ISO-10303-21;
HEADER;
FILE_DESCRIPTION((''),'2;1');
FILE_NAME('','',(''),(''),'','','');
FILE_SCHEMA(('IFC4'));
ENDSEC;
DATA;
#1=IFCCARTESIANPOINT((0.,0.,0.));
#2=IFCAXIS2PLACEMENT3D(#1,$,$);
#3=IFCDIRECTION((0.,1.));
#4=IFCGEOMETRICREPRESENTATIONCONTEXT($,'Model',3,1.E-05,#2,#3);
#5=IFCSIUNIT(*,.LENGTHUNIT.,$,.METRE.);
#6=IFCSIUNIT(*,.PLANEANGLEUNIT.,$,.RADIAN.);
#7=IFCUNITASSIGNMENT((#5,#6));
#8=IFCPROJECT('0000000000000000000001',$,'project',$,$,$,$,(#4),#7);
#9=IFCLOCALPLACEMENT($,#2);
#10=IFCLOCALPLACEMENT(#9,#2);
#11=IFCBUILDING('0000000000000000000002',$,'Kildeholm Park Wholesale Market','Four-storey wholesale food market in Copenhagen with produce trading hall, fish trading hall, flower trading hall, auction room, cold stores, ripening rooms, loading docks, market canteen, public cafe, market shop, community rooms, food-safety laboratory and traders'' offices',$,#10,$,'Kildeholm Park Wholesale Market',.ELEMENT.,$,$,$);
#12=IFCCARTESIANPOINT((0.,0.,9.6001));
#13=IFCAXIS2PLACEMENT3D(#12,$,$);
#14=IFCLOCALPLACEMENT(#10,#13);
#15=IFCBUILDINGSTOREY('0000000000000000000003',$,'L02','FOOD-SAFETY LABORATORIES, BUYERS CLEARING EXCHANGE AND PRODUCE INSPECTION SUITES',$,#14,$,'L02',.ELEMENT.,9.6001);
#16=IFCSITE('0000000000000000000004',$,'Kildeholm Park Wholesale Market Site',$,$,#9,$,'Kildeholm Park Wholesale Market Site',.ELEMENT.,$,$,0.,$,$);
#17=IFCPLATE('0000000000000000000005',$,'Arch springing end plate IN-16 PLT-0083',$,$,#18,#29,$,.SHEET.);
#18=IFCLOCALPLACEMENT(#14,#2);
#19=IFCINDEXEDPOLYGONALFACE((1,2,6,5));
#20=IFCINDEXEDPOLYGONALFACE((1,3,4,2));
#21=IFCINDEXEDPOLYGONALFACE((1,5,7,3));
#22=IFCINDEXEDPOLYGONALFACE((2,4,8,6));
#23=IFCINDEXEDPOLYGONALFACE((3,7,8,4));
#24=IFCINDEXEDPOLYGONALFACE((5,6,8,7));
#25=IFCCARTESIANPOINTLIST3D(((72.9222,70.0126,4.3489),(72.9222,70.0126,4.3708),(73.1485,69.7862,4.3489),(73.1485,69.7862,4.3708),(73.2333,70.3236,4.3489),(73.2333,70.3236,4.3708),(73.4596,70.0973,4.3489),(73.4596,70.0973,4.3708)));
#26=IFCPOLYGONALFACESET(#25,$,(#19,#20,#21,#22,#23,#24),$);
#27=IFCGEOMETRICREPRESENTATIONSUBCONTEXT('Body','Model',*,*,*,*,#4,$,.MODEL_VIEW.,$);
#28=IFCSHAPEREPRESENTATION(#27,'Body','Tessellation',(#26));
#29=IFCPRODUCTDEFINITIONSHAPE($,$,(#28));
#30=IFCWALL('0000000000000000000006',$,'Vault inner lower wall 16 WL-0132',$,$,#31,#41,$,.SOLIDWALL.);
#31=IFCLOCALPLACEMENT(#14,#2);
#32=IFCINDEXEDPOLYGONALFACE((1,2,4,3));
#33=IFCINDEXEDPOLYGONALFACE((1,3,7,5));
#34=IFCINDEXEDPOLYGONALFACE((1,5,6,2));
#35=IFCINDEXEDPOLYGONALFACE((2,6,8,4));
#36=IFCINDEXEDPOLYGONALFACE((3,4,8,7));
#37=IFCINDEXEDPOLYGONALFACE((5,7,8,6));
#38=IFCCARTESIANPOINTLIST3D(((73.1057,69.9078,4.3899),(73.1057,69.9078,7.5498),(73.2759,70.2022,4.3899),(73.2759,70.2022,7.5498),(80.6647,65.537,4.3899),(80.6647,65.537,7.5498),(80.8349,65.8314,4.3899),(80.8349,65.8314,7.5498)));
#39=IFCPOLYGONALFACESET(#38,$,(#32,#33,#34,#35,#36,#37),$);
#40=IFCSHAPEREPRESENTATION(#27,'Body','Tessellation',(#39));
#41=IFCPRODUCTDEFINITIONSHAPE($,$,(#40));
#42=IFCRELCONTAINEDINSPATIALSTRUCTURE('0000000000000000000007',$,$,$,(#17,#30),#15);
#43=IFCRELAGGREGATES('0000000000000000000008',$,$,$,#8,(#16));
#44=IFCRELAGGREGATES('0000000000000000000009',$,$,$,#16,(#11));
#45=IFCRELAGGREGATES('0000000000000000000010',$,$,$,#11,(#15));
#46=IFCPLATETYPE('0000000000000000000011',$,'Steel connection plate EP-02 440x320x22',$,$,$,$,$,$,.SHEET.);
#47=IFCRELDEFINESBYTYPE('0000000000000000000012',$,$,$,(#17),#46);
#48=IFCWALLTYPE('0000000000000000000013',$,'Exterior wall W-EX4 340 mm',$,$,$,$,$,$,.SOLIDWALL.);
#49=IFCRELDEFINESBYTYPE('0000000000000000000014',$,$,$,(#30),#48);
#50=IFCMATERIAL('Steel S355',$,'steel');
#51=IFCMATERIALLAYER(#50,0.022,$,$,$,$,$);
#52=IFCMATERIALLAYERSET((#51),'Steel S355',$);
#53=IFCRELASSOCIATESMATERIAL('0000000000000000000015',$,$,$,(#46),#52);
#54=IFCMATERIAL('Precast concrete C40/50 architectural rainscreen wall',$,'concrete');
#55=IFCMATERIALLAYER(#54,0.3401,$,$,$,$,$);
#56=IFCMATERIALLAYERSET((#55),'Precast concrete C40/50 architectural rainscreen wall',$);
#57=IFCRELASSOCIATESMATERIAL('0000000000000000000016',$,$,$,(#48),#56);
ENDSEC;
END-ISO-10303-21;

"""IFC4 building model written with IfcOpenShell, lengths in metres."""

from ifc_helpers import new_model, si_unit, direction, frame, frame_2d, origin, origin_2d, place, context, subcontext, project, spatial, rectangle, extrude, material, layer, layer_set, type_object, element, save


model = new_model("IFC4")

# Units and contexts
model_context = context("Model", 3, precision=1e-05, world=origin(), true_north=direction((0.0, 1.0)))
body_context = subcontext(model_context, "Body", "Model", "MODEL_VIEW")
ifc_project = project(units=[si_unit("LENGTHUNIT", "METRE"), si_unit("PLANEANGLEUNIT", "RADIAN")], contexts=[model_context])

# Site, building, storey
site_placement = place(None, origin())
site = spatial("IfcSite", under=ifc_project, at=site_placement, Name="Kildeholm Park Wholesale Market Site", LongName="Kildeholm Park Wholesale Market Site", CompositionType="ELEMENT", RefElevation=0.0)
building_placement = place(site_placement, origin())
building = spatial("IfcBuilding", under=site, at=building_placement, Name="Kildeholm Park Wholesale Market", Description="Four-storey wholesale food market in Copenhagen with produce trading hall, fish trading hall, flower trading hall, auction room, cold stores, ripening rooms, loading docks, market canteen, public cafe, market shop, community rooms, food-safety laboratory and traders' offices", LongName="Kildeholm Park Wholesale Market", CompositionType="ELEMENT")
storey_placement = place(building_placement, frame((0.0, 0.0, 9.6001)))
storey = spatial("IfcBuildingStorey", under=building, at=storey_placement, Name="L02", Description="FOOD-SAFETY LABORATORIES, BUYERS CLEARING EXCHANGE AND PRODUCE INSPECTION SUITES", LongName="L02", CompositionType="ELEMENT", Elevation=9.6001)

# Shared definitions
ifc_material_1 = material(Name="Steel S355", Category="steel")

# Plate
ifc_layer_1 = layer(ifc_material_1, 0.022)
ifc_layer_set_1 = layer_set([ifc_layer_1], Name="Steel S355")
plate_type_1 = type_object("IfcPlateType", Name="Steel connection plate EP-02 440x320x22", PredefinedType="SHEET", material=ifc_layer_set_1)
plate_1_placement = place(storey_placement, frame((73.1909, 70.0549, 4.3489), z_axis=(0.0, 0.0, 1.0), x_axis=(-0.707107, -0.707107, 0.0)))
element("IfcPlate", 1, at=plate_1_placement, inside=storey, type_object=plate_type_1, Name="Arch springing end plate IN-16 PLT-0083", PredefinedType="SHEET", context=body_context, shape_type="SweptSolid", body=[
    extrude(rectangle(XDim=0.4399, YDim=0.3201, at=origin_2d()), origin(), (0.0, 0.0, 1.0), 0.022),
])

# Wall
ifc_material_2 = material(Name="Precast concrete C40/50 architectural rainscreen wall", Category="concrete")
ifc_layer_2 = layer(ifc_material_2, 0.3401)
ifc_layer_set_2 = layer_set([ifc_layer_2], Name="Precast concrete C40/50 architectural rainscreen wall")
wall_type = type_object("IfcWallType", Name="Exterior wall W-EX4 340 mm", PredefinedType="SOLIDWALL", material=ifc_layer_set_2)
wall_placement = place(storey_placement, frame((73.1909, 70.0549, 4.3899), z_axis=(0.0, 0.0, 1.0), x_axis=(0.865697, -0.500568, 0.0)))
element("IfcWall", 2, at=wall_placement, inside=storey, type_object=wall_type, Name="Vault inner lower wall 16 WL-0132", PredefinedType="SOLIDWALL", context=body_context, shape_type="SweptSolid", body=[
    extrude(rectangle(XDim=8.7317, YDim=0.3401, at=frame_2d((4.3657, 0.0))), origin(), (0.0, 0.0, 1.0), 3.1599),
])

save(model, "model.ifc")
